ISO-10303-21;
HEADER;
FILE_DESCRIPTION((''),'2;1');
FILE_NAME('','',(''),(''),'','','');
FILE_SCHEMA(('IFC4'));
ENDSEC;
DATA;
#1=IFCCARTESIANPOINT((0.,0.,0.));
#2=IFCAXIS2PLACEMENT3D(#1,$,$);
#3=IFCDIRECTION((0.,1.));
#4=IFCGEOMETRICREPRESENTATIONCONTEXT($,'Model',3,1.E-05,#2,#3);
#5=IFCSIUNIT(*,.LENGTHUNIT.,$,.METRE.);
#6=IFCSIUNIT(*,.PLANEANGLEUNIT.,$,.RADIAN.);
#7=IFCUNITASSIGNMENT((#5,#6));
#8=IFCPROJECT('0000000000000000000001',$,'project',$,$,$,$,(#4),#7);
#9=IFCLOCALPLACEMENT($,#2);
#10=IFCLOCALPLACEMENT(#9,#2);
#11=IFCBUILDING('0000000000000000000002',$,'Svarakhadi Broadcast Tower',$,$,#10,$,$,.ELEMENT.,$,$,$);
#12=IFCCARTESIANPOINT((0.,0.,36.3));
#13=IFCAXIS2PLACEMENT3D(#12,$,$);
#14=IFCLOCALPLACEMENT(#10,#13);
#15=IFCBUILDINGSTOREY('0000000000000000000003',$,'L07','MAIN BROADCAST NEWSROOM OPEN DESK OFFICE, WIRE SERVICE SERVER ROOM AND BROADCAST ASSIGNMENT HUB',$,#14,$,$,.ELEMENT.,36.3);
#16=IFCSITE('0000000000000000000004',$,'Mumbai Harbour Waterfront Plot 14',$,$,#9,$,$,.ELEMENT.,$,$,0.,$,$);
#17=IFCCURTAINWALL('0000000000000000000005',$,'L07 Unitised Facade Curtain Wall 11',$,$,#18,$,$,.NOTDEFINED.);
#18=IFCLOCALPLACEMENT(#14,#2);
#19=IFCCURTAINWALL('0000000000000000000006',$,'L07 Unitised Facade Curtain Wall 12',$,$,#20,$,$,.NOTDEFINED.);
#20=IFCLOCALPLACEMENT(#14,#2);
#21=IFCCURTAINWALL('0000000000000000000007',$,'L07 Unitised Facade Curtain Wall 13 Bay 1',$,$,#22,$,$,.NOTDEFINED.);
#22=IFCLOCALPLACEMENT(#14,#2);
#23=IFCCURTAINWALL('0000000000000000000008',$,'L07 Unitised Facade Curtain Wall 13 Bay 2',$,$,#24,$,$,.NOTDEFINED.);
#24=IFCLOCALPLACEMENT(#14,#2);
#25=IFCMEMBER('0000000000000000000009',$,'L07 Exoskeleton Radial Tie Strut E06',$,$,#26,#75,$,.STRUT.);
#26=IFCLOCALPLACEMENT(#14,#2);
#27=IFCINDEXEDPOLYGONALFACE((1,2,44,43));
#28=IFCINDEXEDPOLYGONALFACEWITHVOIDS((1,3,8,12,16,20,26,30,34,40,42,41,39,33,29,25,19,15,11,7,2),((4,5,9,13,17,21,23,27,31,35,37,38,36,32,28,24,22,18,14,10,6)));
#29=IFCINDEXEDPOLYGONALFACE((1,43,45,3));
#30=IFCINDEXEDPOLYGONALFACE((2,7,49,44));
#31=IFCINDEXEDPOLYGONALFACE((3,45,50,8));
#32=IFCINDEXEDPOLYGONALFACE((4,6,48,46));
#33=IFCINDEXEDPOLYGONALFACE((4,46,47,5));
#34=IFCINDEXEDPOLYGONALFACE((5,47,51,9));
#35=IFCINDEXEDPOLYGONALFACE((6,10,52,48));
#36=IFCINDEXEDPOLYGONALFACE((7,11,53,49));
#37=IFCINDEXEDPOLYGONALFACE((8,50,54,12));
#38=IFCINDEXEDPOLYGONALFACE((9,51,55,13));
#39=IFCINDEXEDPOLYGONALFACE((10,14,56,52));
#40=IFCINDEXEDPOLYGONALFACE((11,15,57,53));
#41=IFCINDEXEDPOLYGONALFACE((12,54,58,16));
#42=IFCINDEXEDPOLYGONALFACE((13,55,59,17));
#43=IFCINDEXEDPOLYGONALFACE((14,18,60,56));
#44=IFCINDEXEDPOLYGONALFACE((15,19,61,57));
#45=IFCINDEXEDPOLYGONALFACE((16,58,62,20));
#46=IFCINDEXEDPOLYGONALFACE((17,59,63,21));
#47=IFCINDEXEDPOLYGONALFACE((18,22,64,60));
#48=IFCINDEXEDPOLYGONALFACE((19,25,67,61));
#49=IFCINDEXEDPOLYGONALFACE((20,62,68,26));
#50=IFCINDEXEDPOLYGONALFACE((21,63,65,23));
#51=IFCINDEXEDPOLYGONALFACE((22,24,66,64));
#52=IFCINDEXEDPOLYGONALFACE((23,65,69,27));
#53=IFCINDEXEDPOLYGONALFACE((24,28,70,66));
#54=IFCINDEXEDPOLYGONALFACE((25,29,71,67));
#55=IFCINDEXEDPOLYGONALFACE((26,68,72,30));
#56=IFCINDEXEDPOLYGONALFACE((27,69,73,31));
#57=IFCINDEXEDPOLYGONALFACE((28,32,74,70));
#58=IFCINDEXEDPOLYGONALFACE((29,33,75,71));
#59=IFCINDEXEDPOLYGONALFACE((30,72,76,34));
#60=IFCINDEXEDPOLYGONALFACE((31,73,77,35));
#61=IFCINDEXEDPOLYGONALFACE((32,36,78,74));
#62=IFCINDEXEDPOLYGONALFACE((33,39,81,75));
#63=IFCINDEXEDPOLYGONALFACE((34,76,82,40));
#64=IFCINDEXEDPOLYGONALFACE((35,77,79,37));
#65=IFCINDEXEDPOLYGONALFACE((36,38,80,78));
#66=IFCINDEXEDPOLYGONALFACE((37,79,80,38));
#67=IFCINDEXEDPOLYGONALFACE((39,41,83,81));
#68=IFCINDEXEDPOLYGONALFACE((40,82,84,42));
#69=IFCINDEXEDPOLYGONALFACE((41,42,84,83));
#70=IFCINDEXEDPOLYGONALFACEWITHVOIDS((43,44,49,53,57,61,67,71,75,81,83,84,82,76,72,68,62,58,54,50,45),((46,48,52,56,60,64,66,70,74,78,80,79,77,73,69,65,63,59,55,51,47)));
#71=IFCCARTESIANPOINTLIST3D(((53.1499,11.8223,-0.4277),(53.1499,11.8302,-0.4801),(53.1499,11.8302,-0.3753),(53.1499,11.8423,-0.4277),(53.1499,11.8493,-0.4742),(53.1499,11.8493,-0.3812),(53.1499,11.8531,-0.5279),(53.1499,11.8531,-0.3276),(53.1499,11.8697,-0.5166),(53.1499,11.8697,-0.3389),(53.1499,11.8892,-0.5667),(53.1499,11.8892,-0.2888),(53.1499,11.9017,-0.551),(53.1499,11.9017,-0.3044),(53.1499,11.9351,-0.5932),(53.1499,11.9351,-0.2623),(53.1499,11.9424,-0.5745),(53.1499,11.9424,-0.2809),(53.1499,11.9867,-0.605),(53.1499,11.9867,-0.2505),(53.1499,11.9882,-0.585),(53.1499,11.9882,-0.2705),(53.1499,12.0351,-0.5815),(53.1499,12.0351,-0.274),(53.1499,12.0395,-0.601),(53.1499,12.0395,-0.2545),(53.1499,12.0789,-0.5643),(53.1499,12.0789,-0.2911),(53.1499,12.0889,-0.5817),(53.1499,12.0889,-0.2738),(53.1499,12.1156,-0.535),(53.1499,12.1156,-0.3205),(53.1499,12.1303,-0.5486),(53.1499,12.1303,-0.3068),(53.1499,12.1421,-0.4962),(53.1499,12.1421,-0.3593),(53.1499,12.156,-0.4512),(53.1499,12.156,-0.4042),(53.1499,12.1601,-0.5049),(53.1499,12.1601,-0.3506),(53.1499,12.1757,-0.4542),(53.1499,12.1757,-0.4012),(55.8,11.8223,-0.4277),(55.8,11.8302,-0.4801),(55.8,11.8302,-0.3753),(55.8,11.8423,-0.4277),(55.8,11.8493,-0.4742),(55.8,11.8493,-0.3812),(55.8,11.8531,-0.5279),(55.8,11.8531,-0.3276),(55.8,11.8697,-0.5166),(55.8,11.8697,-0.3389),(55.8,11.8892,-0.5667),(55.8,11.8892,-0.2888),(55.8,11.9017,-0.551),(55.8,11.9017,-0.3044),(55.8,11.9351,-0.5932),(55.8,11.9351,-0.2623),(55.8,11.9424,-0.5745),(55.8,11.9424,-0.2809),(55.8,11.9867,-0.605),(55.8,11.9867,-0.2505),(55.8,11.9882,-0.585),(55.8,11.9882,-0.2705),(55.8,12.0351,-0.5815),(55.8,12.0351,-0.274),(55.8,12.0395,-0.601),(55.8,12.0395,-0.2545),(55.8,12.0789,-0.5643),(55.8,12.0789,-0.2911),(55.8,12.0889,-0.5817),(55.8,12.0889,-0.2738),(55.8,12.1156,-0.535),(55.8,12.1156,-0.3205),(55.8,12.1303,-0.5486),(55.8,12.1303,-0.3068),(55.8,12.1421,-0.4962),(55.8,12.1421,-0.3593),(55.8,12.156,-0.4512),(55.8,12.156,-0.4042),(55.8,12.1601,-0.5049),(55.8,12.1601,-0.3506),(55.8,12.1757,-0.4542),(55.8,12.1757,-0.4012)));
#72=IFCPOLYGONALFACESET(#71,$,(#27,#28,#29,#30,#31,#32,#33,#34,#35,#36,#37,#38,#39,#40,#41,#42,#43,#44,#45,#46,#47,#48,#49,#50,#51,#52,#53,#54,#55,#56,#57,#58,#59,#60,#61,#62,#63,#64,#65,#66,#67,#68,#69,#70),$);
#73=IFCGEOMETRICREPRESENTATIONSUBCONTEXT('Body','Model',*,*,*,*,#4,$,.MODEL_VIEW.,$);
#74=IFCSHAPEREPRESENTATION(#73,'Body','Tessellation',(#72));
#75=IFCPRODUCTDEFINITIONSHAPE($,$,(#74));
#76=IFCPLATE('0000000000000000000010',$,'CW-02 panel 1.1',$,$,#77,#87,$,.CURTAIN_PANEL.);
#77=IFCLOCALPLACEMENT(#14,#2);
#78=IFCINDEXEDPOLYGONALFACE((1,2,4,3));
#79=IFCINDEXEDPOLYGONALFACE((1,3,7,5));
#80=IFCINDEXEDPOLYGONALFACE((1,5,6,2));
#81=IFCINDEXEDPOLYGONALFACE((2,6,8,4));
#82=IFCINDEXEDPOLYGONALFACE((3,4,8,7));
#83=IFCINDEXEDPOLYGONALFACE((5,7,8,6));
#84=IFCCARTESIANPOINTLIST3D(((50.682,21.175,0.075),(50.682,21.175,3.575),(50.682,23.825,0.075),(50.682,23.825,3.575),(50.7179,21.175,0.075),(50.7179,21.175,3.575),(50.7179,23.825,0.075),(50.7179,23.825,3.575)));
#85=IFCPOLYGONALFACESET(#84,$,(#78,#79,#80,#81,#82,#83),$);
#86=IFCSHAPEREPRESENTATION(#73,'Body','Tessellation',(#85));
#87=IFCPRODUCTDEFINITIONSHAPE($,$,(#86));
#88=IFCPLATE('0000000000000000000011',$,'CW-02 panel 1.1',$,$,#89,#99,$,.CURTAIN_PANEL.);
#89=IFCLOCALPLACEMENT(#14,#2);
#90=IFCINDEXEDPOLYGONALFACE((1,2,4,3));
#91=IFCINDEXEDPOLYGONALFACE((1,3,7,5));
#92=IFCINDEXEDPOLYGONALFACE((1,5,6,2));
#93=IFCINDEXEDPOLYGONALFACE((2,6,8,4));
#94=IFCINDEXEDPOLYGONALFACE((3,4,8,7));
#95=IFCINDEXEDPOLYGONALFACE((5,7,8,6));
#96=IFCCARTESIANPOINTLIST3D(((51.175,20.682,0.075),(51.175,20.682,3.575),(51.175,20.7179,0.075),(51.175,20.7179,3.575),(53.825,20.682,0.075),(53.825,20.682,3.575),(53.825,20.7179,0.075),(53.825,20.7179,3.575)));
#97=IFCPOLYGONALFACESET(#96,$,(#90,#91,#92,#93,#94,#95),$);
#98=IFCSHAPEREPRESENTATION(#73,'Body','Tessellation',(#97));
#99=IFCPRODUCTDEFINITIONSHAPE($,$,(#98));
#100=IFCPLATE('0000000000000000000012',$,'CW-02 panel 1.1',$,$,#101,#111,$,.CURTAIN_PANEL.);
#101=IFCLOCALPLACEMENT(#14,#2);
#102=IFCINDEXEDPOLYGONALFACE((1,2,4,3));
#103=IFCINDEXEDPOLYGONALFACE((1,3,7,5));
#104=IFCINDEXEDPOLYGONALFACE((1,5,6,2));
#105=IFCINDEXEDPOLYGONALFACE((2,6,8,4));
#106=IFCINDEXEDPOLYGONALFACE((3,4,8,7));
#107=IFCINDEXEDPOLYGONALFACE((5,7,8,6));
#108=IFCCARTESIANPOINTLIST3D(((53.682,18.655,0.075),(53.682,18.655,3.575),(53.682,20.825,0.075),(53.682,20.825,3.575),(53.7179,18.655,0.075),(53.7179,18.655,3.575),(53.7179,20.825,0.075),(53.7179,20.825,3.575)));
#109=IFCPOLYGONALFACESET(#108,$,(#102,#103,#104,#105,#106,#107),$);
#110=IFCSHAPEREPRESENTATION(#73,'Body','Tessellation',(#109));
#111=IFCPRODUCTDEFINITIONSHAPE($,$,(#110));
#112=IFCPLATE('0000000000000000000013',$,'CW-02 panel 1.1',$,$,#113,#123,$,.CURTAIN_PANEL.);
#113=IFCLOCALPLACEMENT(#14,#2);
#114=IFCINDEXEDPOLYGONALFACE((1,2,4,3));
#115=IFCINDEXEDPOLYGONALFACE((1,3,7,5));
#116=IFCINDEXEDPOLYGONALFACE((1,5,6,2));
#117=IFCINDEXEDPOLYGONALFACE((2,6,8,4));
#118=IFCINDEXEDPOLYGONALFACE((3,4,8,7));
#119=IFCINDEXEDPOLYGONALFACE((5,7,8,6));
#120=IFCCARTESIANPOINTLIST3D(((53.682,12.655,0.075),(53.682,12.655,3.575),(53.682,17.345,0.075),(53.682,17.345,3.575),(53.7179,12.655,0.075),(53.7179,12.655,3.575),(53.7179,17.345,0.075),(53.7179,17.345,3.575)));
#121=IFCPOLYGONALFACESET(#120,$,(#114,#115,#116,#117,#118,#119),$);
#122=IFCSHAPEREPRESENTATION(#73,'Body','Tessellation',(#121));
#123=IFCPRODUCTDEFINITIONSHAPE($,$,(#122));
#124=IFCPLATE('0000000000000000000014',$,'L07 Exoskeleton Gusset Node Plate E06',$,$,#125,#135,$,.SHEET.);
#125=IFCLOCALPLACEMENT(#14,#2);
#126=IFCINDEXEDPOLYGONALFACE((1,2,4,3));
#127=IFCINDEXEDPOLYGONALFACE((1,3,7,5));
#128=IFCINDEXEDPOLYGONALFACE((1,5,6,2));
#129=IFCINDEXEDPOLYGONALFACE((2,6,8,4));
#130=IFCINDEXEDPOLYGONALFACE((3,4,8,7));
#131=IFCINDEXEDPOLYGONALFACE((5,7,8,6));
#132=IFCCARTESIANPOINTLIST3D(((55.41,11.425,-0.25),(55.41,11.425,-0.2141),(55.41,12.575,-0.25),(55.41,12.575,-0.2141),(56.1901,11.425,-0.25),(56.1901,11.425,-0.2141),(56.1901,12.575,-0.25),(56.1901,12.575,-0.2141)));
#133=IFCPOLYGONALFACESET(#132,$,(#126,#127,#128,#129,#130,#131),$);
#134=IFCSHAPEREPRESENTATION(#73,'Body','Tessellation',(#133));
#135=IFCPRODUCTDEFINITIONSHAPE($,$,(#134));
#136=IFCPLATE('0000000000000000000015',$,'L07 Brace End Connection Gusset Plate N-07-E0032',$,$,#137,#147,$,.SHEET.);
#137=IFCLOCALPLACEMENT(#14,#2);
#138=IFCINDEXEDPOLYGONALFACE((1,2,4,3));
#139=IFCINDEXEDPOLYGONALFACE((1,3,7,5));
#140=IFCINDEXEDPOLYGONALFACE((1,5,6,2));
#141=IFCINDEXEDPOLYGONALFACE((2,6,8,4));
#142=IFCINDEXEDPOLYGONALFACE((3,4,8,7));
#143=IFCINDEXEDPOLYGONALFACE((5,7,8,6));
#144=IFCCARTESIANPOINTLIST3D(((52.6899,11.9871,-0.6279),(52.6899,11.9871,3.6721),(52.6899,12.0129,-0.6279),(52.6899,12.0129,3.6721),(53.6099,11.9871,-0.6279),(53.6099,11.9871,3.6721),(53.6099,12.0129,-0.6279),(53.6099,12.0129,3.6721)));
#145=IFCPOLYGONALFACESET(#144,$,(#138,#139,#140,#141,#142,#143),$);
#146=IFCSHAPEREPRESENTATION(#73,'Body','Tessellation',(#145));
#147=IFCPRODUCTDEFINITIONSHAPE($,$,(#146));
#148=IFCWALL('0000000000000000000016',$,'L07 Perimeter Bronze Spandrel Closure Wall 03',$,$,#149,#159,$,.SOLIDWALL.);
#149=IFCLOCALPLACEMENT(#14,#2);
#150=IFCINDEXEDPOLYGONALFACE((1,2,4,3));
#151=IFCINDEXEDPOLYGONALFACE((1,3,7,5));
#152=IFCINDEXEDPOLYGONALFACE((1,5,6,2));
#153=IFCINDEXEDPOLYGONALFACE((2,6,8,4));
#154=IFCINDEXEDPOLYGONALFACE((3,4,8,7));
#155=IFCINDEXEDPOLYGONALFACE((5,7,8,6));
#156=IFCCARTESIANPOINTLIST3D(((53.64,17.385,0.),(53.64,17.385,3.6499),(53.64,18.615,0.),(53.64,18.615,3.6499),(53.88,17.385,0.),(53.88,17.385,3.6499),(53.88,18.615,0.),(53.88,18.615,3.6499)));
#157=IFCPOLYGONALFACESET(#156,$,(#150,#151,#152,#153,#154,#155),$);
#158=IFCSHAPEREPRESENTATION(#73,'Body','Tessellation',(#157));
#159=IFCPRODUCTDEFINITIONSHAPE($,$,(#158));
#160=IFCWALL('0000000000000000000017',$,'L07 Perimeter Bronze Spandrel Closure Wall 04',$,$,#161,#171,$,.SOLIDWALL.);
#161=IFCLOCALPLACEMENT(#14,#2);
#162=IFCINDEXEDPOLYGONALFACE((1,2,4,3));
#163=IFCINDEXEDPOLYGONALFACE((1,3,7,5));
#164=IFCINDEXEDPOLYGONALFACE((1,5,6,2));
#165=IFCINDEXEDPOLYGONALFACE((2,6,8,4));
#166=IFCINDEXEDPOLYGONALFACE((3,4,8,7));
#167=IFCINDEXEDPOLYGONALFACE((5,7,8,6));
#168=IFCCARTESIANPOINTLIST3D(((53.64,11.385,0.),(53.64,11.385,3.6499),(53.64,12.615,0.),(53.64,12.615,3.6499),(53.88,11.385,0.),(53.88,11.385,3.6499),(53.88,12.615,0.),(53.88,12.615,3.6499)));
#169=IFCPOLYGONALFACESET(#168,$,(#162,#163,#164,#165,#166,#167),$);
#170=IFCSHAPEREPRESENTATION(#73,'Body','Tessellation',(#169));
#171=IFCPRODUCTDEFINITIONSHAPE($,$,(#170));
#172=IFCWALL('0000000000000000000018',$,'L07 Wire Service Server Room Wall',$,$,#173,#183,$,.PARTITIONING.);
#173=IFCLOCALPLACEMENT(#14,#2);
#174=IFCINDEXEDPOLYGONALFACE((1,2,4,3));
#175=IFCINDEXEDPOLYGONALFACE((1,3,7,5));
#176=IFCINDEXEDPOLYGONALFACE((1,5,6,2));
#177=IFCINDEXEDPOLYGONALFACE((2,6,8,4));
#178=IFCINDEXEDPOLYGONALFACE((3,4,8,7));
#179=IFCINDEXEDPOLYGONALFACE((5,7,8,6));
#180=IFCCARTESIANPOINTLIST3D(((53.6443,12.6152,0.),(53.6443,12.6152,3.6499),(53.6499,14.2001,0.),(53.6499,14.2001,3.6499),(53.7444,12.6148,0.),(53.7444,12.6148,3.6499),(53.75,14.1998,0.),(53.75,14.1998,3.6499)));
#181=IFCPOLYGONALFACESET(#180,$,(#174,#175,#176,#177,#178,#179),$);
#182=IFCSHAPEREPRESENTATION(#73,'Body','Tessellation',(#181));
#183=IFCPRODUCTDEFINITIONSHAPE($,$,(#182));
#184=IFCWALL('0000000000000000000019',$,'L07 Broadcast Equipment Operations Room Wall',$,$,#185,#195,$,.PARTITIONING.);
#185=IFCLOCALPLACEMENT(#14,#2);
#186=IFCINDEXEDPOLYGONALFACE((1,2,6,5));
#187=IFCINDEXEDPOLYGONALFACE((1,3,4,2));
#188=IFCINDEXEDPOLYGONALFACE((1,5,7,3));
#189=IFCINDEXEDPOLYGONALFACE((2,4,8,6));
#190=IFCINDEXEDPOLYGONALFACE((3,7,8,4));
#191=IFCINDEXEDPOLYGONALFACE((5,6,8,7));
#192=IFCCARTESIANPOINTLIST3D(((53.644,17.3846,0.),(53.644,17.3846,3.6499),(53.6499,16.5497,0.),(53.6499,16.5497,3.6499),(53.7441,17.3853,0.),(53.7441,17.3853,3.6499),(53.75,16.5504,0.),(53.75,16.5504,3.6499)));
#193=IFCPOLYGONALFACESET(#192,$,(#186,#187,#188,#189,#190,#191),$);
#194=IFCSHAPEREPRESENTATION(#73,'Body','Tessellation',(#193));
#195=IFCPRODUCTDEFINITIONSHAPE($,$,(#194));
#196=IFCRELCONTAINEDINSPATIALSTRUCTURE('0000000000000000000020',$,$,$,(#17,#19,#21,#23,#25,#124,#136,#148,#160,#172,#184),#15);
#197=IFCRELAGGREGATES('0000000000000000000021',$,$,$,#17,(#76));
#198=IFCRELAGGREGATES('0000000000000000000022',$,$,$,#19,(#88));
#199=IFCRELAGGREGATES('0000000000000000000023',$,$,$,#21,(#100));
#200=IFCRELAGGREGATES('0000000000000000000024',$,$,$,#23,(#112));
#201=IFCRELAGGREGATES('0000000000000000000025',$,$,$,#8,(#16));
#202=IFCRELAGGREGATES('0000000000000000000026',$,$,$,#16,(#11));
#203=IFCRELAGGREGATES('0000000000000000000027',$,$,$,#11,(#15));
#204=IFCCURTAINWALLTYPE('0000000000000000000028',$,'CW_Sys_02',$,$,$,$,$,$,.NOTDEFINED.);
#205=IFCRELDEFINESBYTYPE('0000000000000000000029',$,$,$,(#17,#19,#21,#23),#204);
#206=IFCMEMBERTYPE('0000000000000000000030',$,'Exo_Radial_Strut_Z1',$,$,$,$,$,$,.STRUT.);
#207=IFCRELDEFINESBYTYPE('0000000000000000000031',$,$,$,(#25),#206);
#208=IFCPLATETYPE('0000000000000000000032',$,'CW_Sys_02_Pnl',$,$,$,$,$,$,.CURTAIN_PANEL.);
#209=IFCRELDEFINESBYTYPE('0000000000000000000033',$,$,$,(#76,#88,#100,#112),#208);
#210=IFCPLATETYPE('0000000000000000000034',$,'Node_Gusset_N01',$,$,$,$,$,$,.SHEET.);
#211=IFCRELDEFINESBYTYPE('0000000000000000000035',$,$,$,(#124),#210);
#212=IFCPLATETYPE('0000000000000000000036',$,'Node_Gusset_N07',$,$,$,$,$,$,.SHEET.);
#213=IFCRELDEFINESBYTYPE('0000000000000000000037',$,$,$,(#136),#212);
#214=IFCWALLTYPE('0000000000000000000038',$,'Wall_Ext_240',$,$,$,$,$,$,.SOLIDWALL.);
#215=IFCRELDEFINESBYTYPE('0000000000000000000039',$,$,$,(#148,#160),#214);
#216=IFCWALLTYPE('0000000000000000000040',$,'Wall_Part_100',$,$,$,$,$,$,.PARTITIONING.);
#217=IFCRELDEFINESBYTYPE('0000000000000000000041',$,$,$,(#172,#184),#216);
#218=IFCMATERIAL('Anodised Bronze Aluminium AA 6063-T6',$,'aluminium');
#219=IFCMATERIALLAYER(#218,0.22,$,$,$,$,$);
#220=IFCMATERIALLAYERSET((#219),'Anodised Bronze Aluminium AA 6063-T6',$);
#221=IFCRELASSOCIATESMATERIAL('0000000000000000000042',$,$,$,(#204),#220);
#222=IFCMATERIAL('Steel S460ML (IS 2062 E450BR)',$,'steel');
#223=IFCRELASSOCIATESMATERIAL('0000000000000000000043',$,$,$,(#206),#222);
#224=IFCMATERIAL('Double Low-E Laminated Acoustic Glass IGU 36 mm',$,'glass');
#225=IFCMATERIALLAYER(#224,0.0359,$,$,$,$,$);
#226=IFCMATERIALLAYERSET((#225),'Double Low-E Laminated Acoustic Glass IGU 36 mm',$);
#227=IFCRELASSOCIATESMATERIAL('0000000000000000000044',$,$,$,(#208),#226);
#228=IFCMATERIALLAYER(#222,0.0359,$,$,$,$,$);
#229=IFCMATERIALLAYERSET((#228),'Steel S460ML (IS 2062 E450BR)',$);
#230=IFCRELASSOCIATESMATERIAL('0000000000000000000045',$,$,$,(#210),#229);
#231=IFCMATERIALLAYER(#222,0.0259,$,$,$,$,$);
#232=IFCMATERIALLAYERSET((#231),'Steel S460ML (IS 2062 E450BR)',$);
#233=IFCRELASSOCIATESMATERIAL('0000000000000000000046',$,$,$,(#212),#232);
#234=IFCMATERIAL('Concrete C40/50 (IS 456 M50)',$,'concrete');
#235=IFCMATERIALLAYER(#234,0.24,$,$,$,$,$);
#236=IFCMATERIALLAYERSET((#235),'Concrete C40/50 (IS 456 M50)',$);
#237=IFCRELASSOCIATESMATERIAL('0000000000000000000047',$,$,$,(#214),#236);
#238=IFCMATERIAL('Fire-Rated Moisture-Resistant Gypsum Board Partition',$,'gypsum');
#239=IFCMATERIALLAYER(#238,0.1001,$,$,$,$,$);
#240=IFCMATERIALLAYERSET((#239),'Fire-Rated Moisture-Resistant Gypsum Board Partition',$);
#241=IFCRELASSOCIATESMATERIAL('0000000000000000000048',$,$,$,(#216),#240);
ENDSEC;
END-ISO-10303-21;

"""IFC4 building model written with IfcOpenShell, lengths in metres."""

from ifc_helpers import new_model, si_unit, direction, frame, frame_2d, origin, origin_2d, place, context, subcontext, project, spatial, rectangle, hollow_circle, extrude, material, layer, layer_set, material_profile, profile_set, type_object, element, aggregate, save


model = new_model("IFC4")

# Units and contexts
model_context = context("Model", 3, precision=1e-05, world=origin(), true_north=direction((0.0, 1.0)))
body_context = subcontext(model_context, "Body", "Model", "MODEL_VIEW")
ifc_project = project(units=[si_unit("LENGTHUNIT", "METRE"), si_unit("PLANEANGLEUNIT", "RADIAN")], contexts=[model_context])

# Site, building, storey
site_placement = place(None, origin())
site = spatial("IfcSite", under=ifc_project, at=site_placement, Name="Mumbai Harbour Waterfront Plot 14", CompositionType="ELEMENT", RefElevation=0.0)
building_placement = place(site_placement, origin())
building = spatial("IfcBuilding", under=site, at=building_placement, Name="Svarakhadi Broadcast Tower", CompositionType="ELEMENT")
storey_placement = place(building_placement, frame((0.0, 0.0, 36.3)))
storey = spatial("IfcBuildingStorey", under=building, at=storey_placement, Name="L07", Description="MAIN BROADCAST NEWSROOM OPEN DESK OFFICE, WIRE SERVICE SERVER ROOM AND BROADCAST ASSIGNMENT HUB", CompositionType="ELEMENT", Elevation=36.3)

# Curtain wall
ifc_material_1 = material(Name="Anodised Bronze Aluminium AA 6063-T6", Category="aluminium")
ifc_layer_1 = layer(ifc_material_1, 0.22)
ifc_layer_set_1 = layer_set([ifc_layer_1], Name="Anodised Bronze Aluminium AA 6063-T6")
curtain_wall_type = type_object("IfcCurtainWallType", Name="CW_Sys_02", PredefinedType="NOTDEFINED", material=ifc_layer_set_1)
curtain_wall_1_placement = place(storey_placement, origin())
curtain_wall_1 = element("IfcCurtainWall", 1, at=curtain_wall_1_placement, inside=storey, type_object=curtain_wall_type, Name="L07 Unitised Facade Curtain Wall 11", PredefinedType="NOTDEFINED")

# Curtain walls
curtain_wall_2_placement = place(storey_placement, origin())
curtain_wall_2 = element("IfcCurtainWall", 2, at=curtain_wall_2_placement, inside=storey, type_object=curtain_wall_type, Name="L07 Unitised Facade Curtain Wall 12", PredefinedType="NOTDEFINED")
curtain_wall_3_placement = place(storey_placement, origin())
curtain_wall_3 = element("IfcCurtainWall", 3, at=curtain_wall_3_placement, inside=storey, type_object=curtain_wall_type, Name="L07 Unitised Facade Curtain Wall 13 Bay 1", PredefinedType="NOTDEFINED")
curtain_wall_4_placement = place(storey_placement, origin())
curtain_wall_4 = element("IfcCurtainWall", 4, at=curtain_wall_4_placement, inside=storey, type_object=curtain_wall_type, Name="L07 Unitised Facade Curtain Wall 13 Bay 2", PredefinedType="NOTDEFINED")

# Member
ifc_material_2 = material(Name="Steel S460ML (IS 2062 E450BR)", Category="steel")
ifc_material_profile_1 = material_profile(ifc_material_2, hollow_circle(Radius=0.1777, WallThickness=0.02, at=origin_2d()), Name="CHS 355.6x20")
ifc_profile_set_1 = profile_set([ifc_material_profile_1], Name="Steel S460ML (IS 2062 E450BR)")
member_type_1 = type_object("IfcMemberType", Name="Exo_Radial_Strut_Z1", PredefinedType="STRUT", material=ifc_profile_set_1)
member_1_placement = place(storey_placement, frame((55.8, 12.0, -0.4277), z_axis=(-1.0, 0.0, 0.0), x_axis=(0.0, -1.0, 0.0)))
element("IfcMember", 5, at=member_1_placement, inside=storey, type_object=member_type_1, Name="L07 Exoskeleton Radial Tie Strut E06", PredefinedType="STRUT", context=body_context, shape_type="SweptSolid", body=[
    extrude(hollow_circle(Radius=0.1777, WallThickness=0.02, at=origin_2d()), origin(), (0.0, 0.0, 1.0), 2.6501),
])

# Plates
ifc_material_3 = material(Name="Double Low-E Laminated Acoustic Glass IGU 36 mm", Category="glass")
ifc_layer_2 = layer(ifc_material_3, 0.0359)
ifc_layer_set_2 = layer_set([ifc_layer_2], Name="Double Low-E Laminated Acoustic Glass IGU 36 mm")
plate_type_1 = type_object("IfcPlateType", Name="CW_Sys_02_Pnl", PredefinedType="CURTAIN_PANEL", material=ifc_layer_set_2)
plate_1_placement = place(storey_placement, frame((50.7, 22.5, 0.075), z_axis=(0.0, 0.0, 1.0), x_axis=(0.0, -1.0, 0.0)))
plate_1 = element("IfcPlate", 6, at=plate_1_placement, type_object=plate_type_1, Name="CW-02 panel 1.1", PredefinedType="CURTAIN_PANEL", context=body_context, shape_type="SweptSolid", body=[
    extrude(rectangle(XDim=2.6499, YDim=0.0359, at=origin_2d()), origin(), (0.0, 0.0, 1.0), 3.5),
])
aggregate(curtain_wall_1, [plate_1])
plate_2_placement = place(storey_placement, frame((52.5, 20.7, 0.075), z_axis=(0.0, 0.0, 1.0), x_axis=(1.0, 0.0, 0.0)))
plate_2 = element("IfcPlate", 7, at=plate_2_placement, type_object=plate_type_1, Name="CW-02 panel 1.1", PredefinedType="CURTAIN_PANEL", context=body_context, shape_type="SweptSolid", body=[
    extrude(rectangle(XDim=2.6499, YDim=0.0359, at=origin_2d()), origin(), (0.0, 0.0, 1.0), 3.5),
])
aggregate(curtain_wall_2, [plate_2])
plate_3_placement = place(storey_placement, frame((53.7, 19.74, 0.075), z_axis=(0.0, 0.0, 1.0), x_axis=(0.0, -1.0, 0.0)))
plate_3 = element("IfcPlate", 8, at=plate_3_placement, type_object=plate_type_1, Name="CW-02 panel 1.1", PredefinedType="CURTAIN_PANEL", context=body_context, shape_type="SweptSolid", body=[
    extrude(rectangle(XDim=2.1699, YDim=0.0359, at=origin_2d()), origin(), (0.0, 0.0, 1.0), 3.5),
])
aggregate(curtain_wall_3, [plate_3])
plate_4_placement = place(storey_placement, frame((53.7, 15.0, 0.075), z_axis=(0.0, 0.0, 1.0), x_axis=(0.0, -1.0, 0.0)))
plate_4 = element("IfcPlate", 9, at=plate_4_placement, type_object=plate_type_1, Name="CW-02 panel 1.1", PredefinedType="CURTAIN_PANEL", context=body_context, shape_type="SweptSolid", body=[
    extrude(rectangle(XDim=4.6899, YDim=0.0359, at=origin_2d()), origin(), (0.0, 0.0, 1.0), 3.5),
])
aggregate(curtain_wall_4, [plate_4])

# Plates
ifc_layer_3 = layer(ifc_material_2, 0.0359)
ifc_layer_set_3 = layer_set([ifc_layer_3], Name="Steel S460ML (IS 2062 E450BR)")
plate_type_2 = type_object("IfcPlateType", Name="Node_Gusset_N01", PredefinedType="SHEET", material=ifc_layer_set_3)
plate_5_placement = place(storey_placement, frame((55.8, 12.0, -0.25), z_axis=(0.0, 0.0, 1.0), x_axis=(0.0, 1.0, 0.0)))
element("IfcPlate", 10, at=plate_5_placement, inside=storey, type_object=plate_type_2, Name="L07 Exoskeleton Gusset Node Plate E06", PredefinedType="SHEET", context=body_context, shape_type="SweptSolid", body=[
    extrude(rectangle(XDim=1.1499, YDim=0.78, at=origin_2d()), origin(), (0.0, 0.0, 1.0), 0.0359),
])
ifc_layer_4 = layer(ifc_material_2, 0.0259)
ifc_layer_set_4 = layer_set([ifc_layer_4], Name="Steel S460ML (IS 2062 E450BR)")
plate_type_3 = type_object("IfcPlateType", Name="Node_Gusset_N07", PredefinedType="SHEET", material=ifc_layer_set_4)
plate_6_placement = place(storey_placement, frame((53.1499, 12.0, -0.6279), z_axis=(0.0, 0.0, 1.0), x_axis=(1.0, 0.0, 0.0)))
element("IfcPlate", 11, at=plate_6_placement, inside=storey, type_object=plate_type_3, Name="L07 Brace End Connection Gusset Plate N-07-E0032", PredefinedType="SHEET", context=body_context, shape_type="SweptSolid", body=[
    extrude(rectangle(XDim=0.9199, YDim=0.0259, at=origin_2d()), origin(), (0.0, 0.0, 1.0), 4.3),
])

# Walls
ifc_material_4 = material(Name="Concrete C40/50 (IS 456 M50)", Category="concrete")
ifc_layer_5 = layer(ifc_material_4, 0.24)
ifc_layer_set_5 = layer_set([ifc_layer_5], Name="Concrete C40/50 (IS 456 M50)")
wall_type_1 = type_object("IfcWallType", Name="Wall_Ext_240", PredefinedType="SOLIDWALL", material=ifc_layer_set_5)
for number, where, z_axis, x_axis, name in (
    (12, (53.76, 18.615, 0.0), (0.0, 0.0, 1.0), (0.0, -1.0, 0.0), "L07 Perimeter Bronze Spandrel Closure Wall 03"),
    (13, (53.76, 12.615, 0.0), (0.0, 0.0, 1.0), (0.0, -1.0, 0.0), "L07 Perimeter Bronze Spandrel Closure Wall 04"),
):
    element("IfcWall", number, at=place(storey_placement, frame(where, z_axis=z_axis, x_axis=x_axis)), inside=storey, type_object=wall_type_1, Name=name, PredefinedType="SOLIDWALL", context=body_context, shape_type="SweptSolid", body=[
        extrude(rectangle(XDim=1.23, YDim=0.24, at=frame_2d((0.615, 0.0))), origin(), (0.0, 0.0, 1.0), 3.6499),
    ])
ifc_material_5 = material(Name="Fire-Rated Moisture-Resistant Gypsum Board Partition", Category="gypsum")
ifc_layer_6 = layer(ifc_material_5, 0.1001)
ifc_layer_set_6 = layer_set([ifc_layer_6], Name="Fire-Rated Moisture-Resistant Gypsum Board Partition")
wall_type_2 = type_object("IfcWallType", Name="Wall_Part_100", PredefinedType="PARTITIONING", material=ifc_layer_set_6)
wall_1_placement = place(storey_placement, frame((53.6943, 12.615, 0.0), z_axis=(0.0, 0.0, 1.0), x_axis=(0.003543, 0.999994, 0.0)))
element("IfcWall", 14, at=wall_1_placement, inside=storey, type_object=wall_type_2, Name="L07 Wire Service Server Room Wall", PredefinedType="PARTITIONING", context=body_context, shape_type="SweptSolid", body=[
    extrude(rectangle(XDim=1.585, YDim=0.1001, at=frame_2d((0.7925, 0.0))), origin(), (0.0, 0.0, 1.0), 3.6499),
])
wall_2_placement = place(storey_placement, frame((53.7, 16.55, 0.0), z_axis=(0.0, 0.0, 1.0), x_axis=(-0.007017, 0.999975, 0.0)))
element("IfcWall", 15, at=wall_2_placement, inside=storey, type_object=wall_type_2, Name="L07 Broadcast Equipment Operations Room Wall", PredefinedType="PARTITIONING", context=body_context, shape_type="SweptSolid", body=[
    extrude(rectangle(XDim=0.835, YDim=0.1001, at=frame_2d((0.4175, 0.0))), origin(), (0.0, 0.0, 1.0), 3.6499),
])

save(model, "model.ifc")
